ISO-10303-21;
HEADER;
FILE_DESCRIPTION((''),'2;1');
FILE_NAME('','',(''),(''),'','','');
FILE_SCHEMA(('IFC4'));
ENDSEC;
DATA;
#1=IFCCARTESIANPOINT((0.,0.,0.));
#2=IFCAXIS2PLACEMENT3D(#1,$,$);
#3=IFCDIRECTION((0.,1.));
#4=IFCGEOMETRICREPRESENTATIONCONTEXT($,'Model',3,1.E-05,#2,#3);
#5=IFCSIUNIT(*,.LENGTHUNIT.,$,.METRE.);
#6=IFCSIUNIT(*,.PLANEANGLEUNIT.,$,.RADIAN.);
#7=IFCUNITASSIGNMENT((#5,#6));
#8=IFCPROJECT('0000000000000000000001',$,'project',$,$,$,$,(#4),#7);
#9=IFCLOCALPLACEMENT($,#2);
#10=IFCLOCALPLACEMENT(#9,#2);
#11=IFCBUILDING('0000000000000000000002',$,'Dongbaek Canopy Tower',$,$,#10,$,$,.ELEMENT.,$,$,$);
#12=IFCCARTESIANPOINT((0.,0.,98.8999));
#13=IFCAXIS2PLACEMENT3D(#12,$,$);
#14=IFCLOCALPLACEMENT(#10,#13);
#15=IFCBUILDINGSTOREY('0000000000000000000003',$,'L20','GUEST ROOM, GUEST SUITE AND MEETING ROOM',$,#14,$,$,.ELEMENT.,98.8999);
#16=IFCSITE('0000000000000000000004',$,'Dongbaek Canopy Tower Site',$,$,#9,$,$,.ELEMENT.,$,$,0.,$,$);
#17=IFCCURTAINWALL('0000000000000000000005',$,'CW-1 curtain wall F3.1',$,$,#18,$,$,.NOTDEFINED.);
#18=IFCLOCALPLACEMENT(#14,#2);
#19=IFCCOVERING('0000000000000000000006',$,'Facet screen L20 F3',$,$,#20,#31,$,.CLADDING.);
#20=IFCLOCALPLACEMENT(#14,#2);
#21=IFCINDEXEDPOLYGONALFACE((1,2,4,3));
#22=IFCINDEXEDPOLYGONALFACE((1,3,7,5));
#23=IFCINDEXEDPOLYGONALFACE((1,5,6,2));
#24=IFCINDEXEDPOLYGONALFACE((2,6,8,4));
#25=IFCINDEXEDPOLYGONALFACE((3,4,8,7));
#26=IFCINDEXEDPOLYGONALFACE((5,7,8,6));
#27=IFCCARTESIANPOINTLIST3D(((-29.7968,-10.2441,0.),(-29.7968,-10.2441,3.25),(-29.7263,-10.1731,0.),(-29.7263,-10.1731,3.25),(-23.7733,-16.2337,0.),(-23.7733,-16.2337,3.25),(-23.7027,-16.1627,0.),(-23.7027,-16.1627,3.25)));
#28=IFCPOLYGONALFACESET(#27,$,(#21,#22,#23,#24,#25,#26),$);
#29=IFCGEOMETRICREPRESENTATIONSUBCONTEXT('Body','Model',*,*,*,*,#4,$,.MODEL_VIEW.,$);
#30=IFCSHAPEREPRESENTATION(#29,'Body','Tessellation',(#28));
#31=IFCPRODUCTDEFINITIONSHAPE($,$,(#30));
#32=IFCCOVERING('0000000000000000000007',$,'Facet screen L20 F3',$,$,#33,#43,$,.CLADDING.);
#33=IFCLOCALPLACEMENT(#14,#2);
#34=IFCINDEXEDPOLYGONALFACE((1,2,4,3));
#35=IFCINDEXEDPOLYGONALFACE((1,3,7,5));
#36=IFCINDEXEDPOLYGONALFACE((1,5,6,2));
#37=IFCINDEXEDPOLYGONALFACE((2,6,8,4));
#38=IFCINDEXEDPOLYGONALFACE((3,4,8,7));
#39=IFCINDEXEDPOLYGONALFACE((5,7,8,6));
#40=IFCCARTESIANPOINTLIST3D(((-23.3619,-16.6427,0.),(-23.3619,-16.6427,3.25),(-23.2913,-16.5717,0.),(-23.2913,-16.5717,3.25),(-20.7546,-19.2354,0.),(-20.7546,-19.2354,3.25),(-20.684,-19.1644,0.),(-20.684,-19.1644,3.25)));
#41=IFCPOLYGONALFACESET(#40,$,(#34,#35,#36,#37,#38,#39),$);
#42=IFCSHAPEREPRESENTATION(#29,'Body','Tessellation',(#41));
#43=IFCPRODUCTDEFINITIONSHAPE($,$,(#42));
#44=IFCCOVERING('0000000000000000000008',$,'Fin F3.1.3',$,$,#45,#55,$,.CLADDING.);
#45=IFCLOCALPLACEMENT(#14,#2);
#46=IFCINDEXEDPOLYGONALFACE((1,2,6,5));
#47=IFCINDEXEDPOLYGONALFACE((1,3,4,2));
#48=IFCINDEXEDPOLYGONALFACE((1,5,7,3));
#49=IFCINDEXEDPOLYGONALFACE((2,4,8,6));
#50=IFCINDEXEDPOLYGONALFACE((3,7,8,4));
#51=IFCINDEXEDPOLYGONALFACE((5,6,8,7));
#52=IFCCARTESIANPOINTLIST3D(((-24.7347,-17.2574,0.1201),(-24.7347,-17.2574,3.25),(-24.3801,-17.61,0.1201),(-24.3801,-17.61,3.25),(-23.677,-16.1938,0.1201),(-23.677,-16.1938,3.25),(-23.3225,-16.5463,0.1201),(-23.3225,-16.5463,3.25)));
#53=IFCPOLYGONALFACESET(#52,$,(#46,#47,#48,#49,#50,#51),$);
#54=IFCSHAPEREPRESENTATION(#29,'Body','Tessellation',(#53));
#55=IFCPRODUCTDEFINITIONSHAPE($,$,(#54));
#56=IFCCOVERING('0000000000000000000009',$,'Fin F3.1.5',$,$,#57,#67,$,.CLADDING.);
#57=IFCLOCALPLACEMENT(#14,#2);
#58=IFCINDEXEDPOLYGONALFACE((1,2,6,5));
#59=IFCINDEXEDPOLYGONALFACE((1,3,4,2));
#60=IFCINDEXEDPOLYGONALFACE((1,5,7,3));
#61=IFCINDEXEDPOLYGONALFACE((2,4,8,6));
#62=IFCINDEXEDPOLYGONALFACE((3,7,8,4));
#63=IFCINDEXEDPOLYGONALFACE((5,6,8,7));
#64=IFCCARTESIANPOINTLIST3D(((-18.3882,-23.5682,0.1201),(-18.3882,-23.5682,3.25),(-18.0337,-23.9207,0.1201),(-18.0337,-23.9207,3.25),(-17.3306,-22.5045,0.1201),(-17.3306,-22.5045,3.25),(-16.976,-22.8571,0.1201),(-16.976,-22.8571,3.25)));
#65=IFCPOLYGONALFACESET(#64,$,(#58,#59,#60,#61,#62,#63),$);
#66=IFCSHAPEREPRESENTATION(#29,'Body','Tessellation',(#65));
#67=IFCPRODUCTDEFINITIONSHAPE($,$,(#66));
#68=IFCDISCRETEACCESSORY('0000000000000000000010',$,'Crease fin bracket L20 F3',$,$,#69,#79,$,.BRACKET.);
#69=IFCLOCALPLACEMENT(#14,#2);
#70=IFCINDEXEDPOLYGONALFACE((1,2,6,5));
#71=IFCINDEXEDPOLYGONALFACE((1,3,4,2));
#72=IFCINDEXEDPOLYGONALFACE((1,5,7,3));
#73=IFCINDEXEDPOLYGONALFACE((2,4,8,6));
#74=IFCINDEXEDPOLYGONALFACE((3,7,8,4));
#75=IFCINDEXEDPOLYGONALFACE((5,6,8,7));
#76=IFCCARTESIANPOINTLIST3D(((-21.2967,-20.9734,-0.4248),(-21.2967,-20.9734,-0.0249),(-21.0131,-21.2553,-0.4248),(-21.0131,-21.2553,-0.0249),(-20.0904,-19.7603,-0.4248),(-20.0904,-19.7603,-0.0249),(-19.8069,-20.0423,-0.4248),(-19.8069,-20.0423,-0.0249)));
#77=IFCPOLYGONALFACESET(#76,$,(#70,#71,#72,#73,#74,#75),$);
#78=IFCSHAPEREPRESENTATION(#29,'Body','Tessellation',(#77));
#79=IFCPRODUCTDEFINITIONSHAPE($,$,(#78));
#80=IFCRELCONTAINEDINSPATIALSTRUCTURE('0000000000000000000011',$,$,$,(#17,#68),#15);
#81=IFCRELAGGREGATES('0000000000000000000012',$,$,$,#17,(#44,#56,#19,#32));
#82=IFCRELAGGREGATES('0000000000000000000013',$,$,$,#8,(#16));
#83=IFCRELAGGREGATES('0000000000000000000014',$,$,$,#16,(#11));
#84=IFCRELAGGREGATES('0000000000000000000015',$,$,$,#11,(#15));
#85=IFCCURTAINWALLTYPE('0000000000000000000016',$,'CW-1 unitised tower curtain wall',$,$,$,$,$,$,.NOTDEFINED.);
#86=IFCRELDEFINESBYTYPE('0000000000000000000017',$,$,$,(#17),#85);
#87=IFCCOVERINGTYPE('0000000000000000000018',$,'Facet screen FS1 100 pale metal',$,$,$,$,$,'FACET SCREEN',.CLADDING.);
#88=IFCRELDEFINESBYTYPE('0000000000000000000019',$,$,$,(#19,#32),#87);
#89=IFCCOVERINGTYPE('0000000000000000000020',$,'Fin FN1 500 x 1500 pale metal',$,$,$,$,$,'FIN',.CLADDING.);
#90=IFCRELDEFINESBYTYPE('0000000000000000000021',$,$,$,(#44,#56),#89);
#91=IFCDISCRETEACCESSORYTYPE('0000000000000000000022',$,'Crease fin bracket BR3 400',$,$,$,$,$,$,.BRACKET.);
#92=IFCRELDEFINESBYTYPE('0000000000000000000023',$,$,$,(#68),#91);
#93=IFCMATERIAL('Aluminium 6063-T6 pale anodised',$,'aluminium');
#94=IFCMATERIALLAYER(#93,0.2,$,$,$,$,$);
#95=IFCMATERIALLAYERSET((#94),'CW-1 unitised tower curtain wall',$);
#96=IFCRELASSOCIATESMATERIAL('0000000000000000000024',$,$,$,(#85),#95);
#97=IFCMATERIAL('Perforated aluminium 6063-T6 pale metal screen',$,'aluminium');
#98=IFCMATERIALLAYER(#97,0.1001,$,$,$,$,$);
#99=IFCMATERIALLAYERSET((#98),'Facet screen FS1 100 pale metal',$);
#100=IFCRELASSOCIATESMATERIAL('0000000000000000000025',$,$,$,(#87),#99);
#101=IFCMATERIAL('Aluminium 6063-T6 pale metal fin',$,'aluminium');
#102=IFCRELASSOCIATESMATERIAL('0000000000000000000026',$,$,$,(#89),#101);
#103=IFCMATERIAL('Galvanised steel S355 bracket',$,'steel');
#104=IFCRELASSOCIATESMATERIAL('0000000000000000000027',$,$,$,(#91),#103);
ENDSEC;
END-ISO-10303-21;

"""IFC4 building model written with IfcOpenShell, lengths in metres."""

from ifc_helpers import new_model, si_unit, direction, frame, origin, origin_2d, place, context, subcontext, project, spatial, rectangle, extrude, material, layer, layer_set, material_profile, profile_set, type_object, element, aggregate, save


model = new_model("IFC4")

# Units and contexts
model_context = context("Model", 3, precision=1e-05, world=origin(), true_north=direction((0.0, 1.0)))
body_context = subcontext(model_context, "Body", "Model", "MODEL_VIEW")
ifc_project = project(units=[si_unit("LENGTHUNIT", "METRE"), si_unit("PLANEANGLEUNIT", "RADIAN")], contexts=[model_context])

# Site, building, storey
site_placement = place(None, origin())
site = spatial("IfcSite", under=ifc_project, at=site_placement, Name="Dongbaek Canopy Tower Site", CompositionType="ELEMENT", RefElevation=0.0)
building_placement = place(site_placement, origin())
building = spatial("IfcBuilding", under=site, at=building_placement, Name="Dongbaek Canopy Tower", CompositionType="ELEMENT")
storey_placement = place(building_placement, frame((0.0, 0.0, 98.8999)))
storey = spatial("IfcBuildingStorey", under=building, at=storey_placement, Name="L20", Description="GUEST ROOM, GUEST SUITE AND MEETING ROOM", CompositionType="ELEMENT", Elevation=98.8999)

# Curtain wall
ifc_material_1 = material(Name="Aluminium 6063-T6 pale anodised", Category="aluminium")
ifc_layer_1 = layer(ifc_material_1, 0.2)
ifc_layer_set_1 = layer_set([ifc_layer_1], Name="CW-1 unitised tower curtain wall")
curtain_wall_type = type_object("IfcCurtainWallType", Name="CW-1 unitised tower curtain wall", PredefinedType="NOTDEFINED", material=ifc_layer_set_1)
curtain_wall_1_placement = place(storey_placement, origin())
curtain_wall_1 = element("IfcCurtainWall", 1, at=curtain_wall_1_placement, inside=storey, type_object=curtain_wall_type, Name="CW-1 curtain wall F3.1", PredefinedType="NOTDEFINED")

# Coverings
ifc_material_2 = material(Name="Perforated aluminium 6063-T6 pale metal screen", Category="aluminium")
ifc_layer_2 = layer(ifc_material_2, 0.1001)
ifc_layer_set_2 = layer_set([ifc_layer_2], Name="Facet screen FS1 100 pale metal")
covering_type_1 = type_object("IfcCoveringType", Name="Facet screen FS1 100 pale metal", ElementType="FACET SCREEN", PredefinedType="CLADDING", material=ifc_layer_set_2)
covering_1_placement = place(storey_placement, frame((-26.7498, -13.2034, 0.0), z_axis=(0.0, 0.0, 1.0), x_axis=(0.709103, -0.705105, 0.0)))
covering_1 = element("IfcCovering", 2, at=covering_1_placement, type_object=covering_type_1, Name="Facet screen L20 F3", PredefinedType="CLADDING", context=body_context, shape_type="SweptSolid", body=[
    extrude(rectangle(XDim=8.4946, YDim=0.1001, at=origin_2d()), origin(), (0.0, 0.0, 1.0), 3.25),
])
covering_2_placement = place(storey_placement, frame((-22.0229, -17.9036, 0.0), z_axis=(0.0, 0.0, 1.0), x_axis=(0.709103, -0.705105, 0.0)))
covering_2 = element("IfcCovering", 3, at=covering_2_placement, type_object=covering_type_1, Name="Facet screen L20 F3", PredefinedType="CLADDING", context=body_context, shape_type="SweptSolid", body=[
    extrude(rectangle(XDim=3.677, YDim=0.1001, at=origin_2d()), origin(), (0.0, 0.0, 1.0), 3.25),
])
ifc_material_3 = material(Name="Aluminium 6063-T6 pale metal fin", Category="aluminium")
ifc_material_profile_1 = material_profile(ifc_material_3, rectangle(XDim=1.5, YDim=0.5, at=origin_2d()), Name="Fin FN1 500 x 1500 pale metal")
ifc_profile_set_1 = profile_set([ifc_material_profile_1], Name="Aluminium 6063-T6 pale metal fin")
covering_type_2 = type_object("IfcCoveringType", Name="Fin FN1 500 x 1500 pale metal", ElementType="FIN", PredefinedType="CLADDING", material=ifc_profile_set_1)
covering_3_placement = place(storey_placement, frame((-24.0286, -16.9019, 0.1201), z_axis=(0.0, 0.0, 1.0), x_axis=(-0.705105, -0.709103, 0.0)))
covering_3 = element("IfcCovering", 4, at=covering_3_placement, type_object=covering_type_2, Name="Fin F3.1.3", PredefinedType="CLADDING", context=body_context, shape_type="SweptSolid", body=[
    extrude(rectangle(XDim=1.5, YDim=0.5, at=origin_2d()), origin(), (0.0, 0.0, 1.0), 3.1299),
])
covering_4_placement = place(storey_placement, frame((-17.6821, -23.2126, 0.1201), z_axis=(0.0, 0.0, 1.0), x_axis=(-0.705105, -0.709103, 0.0)))
covering_4 = element("IfcCovering", 5, at=covering_4_placement, type_object=covering_type_2, Name="Fin F3.1.5", PredefinedType="CLADDING", context=body_context, shape_type="SweptSolid", body=[
    extrude(rectangle(XDim=1.5, YDim=0.5, at=origin_2d()), origin(), (0.0, 0.0, 1.0), 3.1299),
])
aggregate(curtain_wall_1, [covering_3, covering_4, covering_1, covering_2])

# Discrete accessory
ifc_material_4 = material(Name="Galvanised steel S355 bracket", Category="steel")
discrete_accessory_type = type_object("IfcDiscreteAccessoryType", Name="Crease fin bracket BR3 400", PredefinedType="BRACKET", material=ifc_material_4)
discrete_accessory_placement = place(storey_placement, frame((-20.5518, -20.5078, -0.4248), z_axis=(0.0, 0.0, 1.0), x_axis=(-0.705105, -0.709103, 0.0)))
element("IfcDiscreteAccessory", 6, at=discrete_accessory_placement, inside=storey, type_object=discrete_accessory_type, Name="Crease fin bracket L20 F3", PredefinedType="BRACKET", context=body_context, shape_type="SweptSolid", body=[
    extrude(rectangle(XDim=1.7107, YDim=0.3999, at=origin_2d()), origin(), (0.0, 0.0, 1.0), 0.3999),
])

save(model, "model.ifc")
